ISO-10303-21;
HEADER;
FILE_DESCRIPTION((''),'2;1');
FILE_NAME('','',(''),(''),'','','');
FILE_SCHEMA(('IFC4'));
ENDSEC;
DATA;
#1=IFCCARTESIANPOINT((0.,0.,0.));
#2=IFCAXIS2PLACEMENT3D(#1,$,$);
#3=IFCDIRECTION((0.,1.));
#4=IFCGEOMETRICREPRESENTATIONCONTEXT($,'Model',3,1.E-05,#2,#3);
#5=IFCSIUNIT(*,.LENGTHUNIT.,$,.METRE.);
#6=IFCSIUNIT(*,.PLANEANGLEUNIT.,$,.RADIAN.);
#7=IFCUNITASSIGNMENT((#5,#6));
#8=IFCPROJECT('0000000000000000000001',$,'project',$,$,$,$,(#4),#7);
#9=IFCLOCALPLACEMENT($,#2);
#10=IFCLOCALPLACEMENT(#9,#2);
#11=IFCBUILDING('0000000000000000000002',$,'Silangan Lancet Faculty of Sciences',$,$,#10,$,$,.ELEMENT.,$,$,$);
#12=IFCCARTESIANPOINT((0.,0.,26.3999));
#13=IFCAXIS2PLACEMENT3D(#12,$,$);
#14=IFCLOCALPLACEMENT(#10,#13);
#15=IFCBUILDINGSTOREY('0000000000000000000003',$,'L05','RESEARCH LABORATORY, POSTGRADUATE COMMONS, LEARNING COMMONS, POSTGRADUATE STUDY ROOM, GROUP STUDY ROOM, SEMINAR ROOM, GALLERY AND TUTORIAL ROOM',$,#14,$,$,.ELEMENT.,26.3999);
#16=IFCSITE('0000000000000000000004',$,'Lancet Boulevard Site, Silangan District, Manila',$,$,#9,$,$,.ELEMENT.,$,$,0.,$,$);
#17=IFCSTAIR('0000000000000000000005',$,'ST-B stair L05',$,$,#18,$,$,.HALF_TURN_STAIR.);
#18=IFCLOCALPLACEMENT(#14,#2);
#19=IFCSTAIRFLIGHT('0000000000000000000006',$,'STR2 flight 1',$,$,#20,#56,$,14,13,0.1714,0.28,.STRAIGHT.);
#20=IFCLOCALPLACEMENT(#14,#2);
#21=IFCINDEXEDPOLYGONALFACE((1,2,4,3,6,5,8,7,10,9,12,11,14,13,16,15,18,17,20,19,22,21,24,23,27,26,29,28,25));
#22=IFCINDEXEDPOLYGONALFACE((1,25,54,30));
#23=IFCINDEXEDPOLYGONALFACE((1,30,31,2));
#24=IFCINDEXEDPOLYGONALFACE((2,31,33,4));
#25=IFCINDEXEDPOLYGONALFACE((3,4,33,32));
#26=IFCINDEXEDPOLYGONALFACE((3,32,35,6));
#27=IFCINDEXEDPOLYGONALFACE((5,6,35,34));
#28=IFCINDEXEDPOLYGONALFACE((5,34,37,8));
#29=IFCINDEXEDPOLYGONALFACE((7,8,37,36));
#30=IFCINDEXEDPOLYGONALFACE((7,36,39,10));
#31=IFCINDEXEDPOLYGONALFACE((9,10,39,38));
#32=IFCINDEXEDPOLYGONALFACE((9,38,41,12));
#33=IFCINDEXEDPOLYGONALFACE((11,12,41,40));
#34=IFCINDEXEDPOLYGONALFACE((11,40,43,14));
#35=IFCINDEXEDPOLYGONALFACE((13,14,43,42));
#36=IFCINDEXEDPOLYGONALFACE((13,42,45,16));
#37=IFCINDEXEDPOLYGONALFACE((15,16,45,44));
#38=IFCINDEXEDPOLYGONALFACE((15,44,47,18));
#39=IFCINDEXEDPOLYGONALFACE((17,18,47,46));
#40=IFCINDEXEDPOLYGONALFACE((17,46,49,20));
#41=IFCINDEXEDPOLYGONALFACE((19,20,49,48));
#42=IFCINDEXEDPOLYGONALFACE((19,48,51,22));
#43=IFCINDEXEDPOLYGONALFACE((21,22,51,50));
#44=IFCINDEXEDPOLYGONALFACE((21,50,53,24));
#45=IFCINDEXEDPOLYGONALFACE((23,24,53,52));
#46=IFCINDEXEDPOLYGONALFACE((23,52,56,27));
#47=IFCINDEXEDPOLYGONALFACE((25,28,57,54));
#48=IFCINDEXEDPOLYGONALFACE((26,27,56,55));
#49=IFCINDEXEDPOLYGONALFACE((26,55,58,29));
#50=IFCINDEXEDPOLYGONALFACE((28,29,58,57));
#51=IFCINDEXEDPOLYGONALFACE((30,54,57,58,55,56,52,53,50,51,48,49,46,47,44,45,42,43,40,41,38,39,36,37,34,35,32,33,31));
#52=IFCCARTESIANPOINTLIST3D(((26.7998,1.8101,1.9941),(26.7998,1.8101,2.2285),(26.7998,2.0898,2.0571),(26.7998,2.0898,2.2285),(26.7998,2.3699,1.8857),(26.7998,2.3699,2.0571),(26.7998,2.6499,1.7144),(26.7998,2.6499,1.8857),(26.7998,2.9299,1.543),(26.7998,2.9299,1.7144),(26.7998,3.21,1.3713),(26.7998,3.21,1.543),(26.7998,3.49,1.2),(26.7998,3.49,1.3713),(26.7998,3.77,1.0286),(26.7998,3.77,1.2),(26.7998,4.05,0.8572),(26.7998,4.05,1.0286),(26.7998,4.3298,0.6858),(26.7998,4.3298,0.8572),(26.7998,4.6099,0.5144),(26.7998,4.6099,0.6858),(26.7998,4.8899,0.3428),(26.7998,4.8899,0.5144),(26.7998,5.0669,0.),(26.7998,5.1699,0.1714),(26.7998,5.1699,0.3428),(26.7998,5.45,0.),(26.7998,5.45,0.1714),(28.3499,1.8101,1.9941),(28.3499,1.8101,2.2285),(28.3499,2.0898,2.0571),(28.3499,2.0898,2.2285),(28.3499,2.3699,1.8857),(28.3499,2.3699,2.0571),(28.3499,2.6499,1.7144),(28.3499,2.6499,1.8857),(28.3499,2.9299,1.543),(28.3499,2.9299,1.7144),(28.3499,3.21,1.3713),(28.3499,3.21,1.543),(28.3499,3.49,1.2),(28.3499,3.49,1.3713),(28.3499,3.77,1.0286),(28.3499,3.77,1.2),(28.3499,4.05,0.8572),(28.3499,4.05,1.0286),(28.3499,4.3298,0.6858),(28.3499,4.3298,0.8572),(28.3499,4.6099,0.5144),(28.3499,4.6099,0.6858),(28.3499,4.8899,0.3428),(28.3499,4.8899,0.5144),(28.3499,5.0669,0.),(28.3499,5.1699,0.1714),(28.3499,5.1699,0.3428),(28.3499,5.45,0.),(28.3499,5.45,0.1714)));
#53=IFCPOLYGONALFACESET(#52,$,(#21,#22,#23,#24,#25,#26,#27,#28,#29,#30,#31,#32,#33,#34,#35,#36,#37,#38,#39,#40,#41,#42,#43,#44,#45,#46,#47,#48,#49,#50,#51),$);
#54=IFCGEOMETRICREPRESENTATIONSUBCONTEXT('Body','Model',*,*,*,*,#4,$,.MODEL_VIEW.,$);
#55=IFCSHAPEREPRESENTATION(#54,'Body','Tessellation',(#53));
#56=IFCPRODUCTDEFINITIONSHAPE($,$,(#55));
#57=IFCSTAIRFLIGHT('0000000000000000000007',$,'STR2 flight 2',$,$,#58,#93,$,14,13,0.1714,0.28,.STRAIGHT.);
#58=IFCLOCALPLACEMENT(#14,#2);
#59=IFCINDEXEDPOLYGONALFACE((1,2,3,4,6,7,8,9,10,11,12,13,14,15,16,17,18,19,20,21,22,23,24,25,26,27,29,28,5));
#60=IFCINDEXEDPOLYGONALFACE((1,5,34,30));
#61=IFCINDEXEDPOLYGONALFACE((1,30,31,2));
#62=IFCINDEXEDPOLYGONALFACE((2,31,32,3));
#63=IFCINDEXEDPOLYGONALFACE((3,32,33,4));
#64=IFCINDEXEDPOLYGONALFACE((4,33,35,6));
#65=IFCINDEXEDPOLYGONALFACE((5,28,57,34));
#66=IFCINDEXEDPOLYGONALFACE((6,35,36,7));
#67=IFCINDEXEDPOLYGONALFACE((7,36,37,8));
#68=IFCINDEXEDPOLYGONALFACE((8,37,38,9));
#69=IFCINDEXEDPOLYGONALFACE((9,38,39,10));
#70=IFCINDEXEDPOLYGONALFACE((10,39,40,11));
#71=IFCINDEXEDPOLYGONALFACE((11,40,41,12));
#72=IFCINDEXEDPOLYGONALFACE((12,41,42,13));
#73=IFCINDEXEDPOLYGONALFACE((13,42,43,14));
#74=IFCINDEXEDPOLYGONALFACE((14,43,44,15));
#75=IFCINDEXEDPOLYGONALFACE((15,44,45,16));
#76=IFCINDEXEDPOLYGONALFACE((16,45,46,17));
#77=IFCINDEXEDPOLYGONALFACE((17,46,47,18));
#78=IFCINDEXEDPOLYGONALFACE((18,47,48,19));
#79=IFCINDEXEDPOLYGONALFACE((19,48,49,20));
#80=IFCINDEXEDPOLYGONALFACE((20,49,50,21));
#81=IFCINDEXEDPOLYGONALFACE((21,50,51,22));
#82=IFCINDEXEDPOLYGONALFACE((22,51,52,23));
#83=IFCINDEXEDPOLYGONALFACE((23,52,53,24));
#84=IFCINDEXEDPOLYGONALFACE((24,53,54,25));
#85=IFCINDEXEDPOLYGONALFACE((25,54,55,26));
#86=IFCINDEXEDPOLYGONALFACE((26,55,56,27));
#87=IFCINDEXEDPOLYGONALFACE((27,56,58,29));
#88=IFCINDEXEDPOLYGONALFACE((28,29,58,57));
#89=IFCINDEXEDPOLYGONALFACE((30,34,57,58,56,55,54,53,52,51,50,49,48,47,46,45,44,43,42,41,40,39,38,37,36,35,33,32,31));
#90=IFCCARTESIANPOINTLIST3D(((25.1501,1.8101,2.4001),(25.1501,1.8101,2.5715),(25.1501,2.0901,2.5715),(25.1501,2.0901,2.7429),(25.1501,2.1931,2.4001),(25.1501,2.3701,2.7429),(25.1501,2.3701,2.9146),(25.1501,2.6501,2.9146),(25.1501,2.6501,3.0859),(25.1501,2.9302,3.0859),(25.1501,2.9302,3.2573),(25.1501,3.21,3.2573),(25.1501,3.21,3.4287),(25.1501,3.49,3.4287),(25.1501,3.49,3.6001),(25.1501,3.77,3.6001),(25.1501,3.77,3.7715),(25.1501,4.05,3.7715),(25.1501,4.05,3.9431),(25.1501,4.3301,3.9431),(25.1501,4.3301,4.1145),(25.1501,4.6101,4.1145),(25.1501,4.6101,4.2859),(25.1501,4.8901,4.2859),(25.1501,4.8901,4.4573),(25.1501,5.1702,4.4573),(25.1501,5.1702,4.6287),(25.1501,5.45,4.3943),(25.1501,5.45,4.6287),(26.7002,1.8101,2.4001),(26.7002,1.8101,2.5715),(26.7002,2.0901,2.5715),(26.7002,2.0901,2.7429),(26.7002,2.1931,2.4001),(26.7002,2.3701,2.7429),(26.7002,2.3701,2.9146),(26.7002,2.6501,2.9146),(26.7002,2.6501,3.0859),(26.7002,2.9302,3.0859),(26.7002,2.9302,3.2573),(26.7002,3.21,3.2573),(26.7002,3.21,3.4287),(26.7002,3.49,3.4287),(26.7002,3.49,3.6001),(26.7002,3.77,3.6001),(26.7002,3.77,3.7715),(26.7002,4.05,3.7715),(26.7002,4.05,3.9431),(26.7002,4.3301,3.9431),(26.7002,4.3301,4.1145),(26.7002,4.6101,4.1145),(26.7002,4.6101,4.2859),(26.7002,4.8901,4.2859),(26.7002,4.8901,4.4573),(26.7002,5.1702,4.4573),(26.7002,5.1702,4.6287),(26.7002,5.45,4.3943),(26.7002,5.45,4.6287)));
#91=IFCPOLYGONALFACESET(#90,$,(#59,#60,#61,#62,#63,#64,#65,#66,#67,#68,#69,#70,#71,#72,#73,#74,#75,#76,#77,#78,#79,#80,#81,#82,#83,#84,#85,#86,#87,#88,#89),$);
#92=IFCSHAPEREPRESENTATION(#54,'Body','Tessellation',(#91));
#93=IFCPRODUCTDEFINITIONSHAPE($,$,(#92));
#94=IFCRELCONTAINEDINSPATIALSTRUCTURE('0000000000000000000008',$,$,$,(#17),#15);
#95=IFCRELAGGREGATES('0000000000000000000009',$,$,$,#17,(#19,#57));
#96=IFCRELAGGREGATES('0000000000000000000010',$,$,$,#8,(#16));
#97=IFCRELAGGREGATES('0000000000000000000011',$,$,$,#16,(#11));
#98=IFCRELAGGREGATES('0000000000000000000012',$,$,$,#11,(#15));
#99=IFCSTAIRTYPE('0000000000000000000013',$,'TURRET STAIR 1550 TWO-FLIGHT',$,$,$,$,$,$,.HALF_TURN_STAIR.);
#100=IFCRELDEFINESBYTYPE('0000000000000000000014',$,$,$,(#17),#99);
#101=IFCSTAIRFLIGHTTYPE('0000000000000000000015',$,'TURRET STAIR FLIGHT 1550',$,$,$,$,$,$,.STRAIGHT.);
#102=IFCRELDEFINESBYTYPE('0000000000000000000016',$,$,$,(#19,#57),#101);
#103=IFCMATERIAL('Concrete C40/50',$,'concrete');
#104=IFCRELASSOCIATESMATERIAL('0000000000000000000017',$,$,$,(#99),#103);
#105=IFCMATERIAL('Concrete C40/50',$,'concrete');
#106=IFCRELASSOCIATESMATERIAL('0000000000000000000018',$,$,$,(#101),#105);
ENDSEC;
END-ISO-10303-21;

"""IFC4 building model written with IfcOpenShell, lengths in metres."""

from ifc_helpers import new_model, si_unit, direction, frame, origin, place, context, subcontext, project, spatial, polyline, outline, extrude, material, type_object, element, aggregate, save


model = new_model("IFC4")

# Units and contexts
model_context = context("Model", 3, precision=1e-05, world=origin(), true_north=direction((0.0, 1.0)))
body_context = subcontext(model_context, "Body", "Model", "MODEL_VIEW")
ifc_project = project(units=[si_unit("LENGTHUNIT", "METRE"), si_unit("PLANEANGLEUNIT", "RADIAN")], contexts=[model_context])

# Site, building, storey
site_placement = place(None, origin())
site = spatial("IfcSite", under=ifc_project, at=site_placement, Name="Lancet Boulevard Site, Silangan District, Manila", CompositionType="ELEMENT", RefElevation=0.0)
building_placement = place(site_placement, origin())
building = spatial("IfcBuilding", under=site, at=building_placement, Name="Silangan Lancet Faculty of Sciences", CompositionType="ELEMENT")
storey_placement = place(building_placement, frame((0.0, 0.0, 26.3999)))
storey = spatial("IfcBuildingStorey", under=building, at=storey_placement, Name="L05", Description="RESEARCH LABORATORY, POSTGRADUATE COMMONS, LEARNING COMMONS, POSTGRADUATE STUDY ROOM, GROUP STUDY ROOM, SEMINAR ROOM, GALLERY AND TUTORIAL ROOM", CompositionType="ELEMENT", Elevation=26.3999)

# Stair, stair flights
ifc_material_1 = material(Name="Concrete C40/50", Category="concrete")
stair_type = type_object("IfcStairType", Name="TURRET STAIR 1550 TWO-FLIGHT", PredefinedType="HALF_TURN_STAIR", material=ifc_material_1)
stair_placement = place(storey_placement, origin())
stair = element("IfcStair", 1, at=stair_placement, inside=storey, type_object=stair_type, Name="ST-B stair L05", PredefinedType="HALF_TURN_STAIR")
ifc_material_2 = material(Name="Concrete C40/50", Category="concrete")
stair_flight_type = type_object("IfcStairFlightType", Name="TURRET STAIR FLIGHT 1550", PredefinedType="STRAIGHT", material=ifc_material_2)
stair_flight_1_placement = place(storey_placement, frame((27.575, 5.45, 0.0), z_axis=(0.0, 0.0, 1.0), x_axis=(0.0, -1.0, 0.0)))
stair_flight_1 = element("IfcStairFlight", 2, at=stair_flight_1_placement, type_object=stair_flight_type, Name="STR2 flight 1", NumberOfRisers=14, NumberOfTreads=13, PredefinedType="STRAIGHT", RiserHeight=0.1714, TreadLength=0.28, context=body_context, shape_type="SweptSolid", body=[
    extrude(outline(polyline([(0.0, 0.0), (0.0, 0.1714), (0.28, 0.1714), (0.28, 0.3428), (0.5601, 0.3428), (0.5601, 0.5144), (0.8401, 0.5144), (0.8401, 0.6858), (1.1201, 0.6858), (1.1201, 0.8572), (1.3999, 0.8572), (1.3999, 1.0286), (1.6799, 1.0286), (1.6799, 1.2), (1.96, 1.2), (1.96, 1.3713), (2.24, 1.3713), (2.24, 1.543), (2.52, 1.543), (2.52, 1.7144), (2.8, 1.7144), (2.8, 1.8857), (3.0801, 1.8857), (3.0801, 2.0571), (3.3601, 2.0571), (3.3601, 2.2285), (3.6399, 2.2285), (3.6399, 2.3999), (3.6399, 1.9941), (0.3831, 0.0), (0.0, 0.0)])), frame((0.0, 0.7749, 0.0), z_axis=(0.0, -1.0, 0.0), x_axis=(1.0, 0.0, 0.0)), (0.0, 0.0, 1.0), 1.55),
])
stair_flight_2_placement = place(storey_placement, frame((25.925, 1.8101, 2.4001), z_axis=(0.0, 0.0, 1.0), x_axis=(0.0, 1.0, 0.0)))
stair_flight_2 = element("IfcStairFlight", 3, at=stair_flight_2_placement, type_object=stair_flight_type, Name="STR2 flight 2", NumberOfRisers=14, NumberOfTreads=13, PredefinedType="STRAIGHT", RiserHeight=0.1714, TreadLength=0.28, context=body_context, shape_type="SweptSolid", body=[
    extrude(outline(polyline([(0.0, 0.0), (0.0, 0.1714), (0.28, 0.1714), (0.28, 0.3428), (0.5601, 0.3428), (0.5601, 0.5144), (0.8401, 0.5144), (0.8401, 0.6858), (1.1201, 0.6858), (1.1201, 0.8572), (1.3999, 0.8572), (1.3999, 1.0286), (1.6799, 1.0286), (1.6799, 1.2), (1.96, 1.2), (1.96, 1.3713), (2.24, 1.3713), (2.24, 1.543), (2.52, 1.543), (2.52, 1.7144), (2.8, 1.7144), (2.8, 1.8857), (3.0801, 1.8857), (3.0801, 2.0571), (3.3601, 2.0571), (3.3601, 2.2285), (3.6399, 2.2285), (3.6399, 2.3999), (3.6399, 1.9941), (0.3831, 0.0), (0.0, 0.0)])), frame((0.0, 0.7749, 0.0), z_axis=(0.0, -1.0, 0.0), x_axis=(1.0, 0.0, 0.0)), (0.0, 0.0, 1.0), 1.55),
])
aggregate(stair, [stair_flight_1, stair_flight_2])

save(model, "model.ifc")
